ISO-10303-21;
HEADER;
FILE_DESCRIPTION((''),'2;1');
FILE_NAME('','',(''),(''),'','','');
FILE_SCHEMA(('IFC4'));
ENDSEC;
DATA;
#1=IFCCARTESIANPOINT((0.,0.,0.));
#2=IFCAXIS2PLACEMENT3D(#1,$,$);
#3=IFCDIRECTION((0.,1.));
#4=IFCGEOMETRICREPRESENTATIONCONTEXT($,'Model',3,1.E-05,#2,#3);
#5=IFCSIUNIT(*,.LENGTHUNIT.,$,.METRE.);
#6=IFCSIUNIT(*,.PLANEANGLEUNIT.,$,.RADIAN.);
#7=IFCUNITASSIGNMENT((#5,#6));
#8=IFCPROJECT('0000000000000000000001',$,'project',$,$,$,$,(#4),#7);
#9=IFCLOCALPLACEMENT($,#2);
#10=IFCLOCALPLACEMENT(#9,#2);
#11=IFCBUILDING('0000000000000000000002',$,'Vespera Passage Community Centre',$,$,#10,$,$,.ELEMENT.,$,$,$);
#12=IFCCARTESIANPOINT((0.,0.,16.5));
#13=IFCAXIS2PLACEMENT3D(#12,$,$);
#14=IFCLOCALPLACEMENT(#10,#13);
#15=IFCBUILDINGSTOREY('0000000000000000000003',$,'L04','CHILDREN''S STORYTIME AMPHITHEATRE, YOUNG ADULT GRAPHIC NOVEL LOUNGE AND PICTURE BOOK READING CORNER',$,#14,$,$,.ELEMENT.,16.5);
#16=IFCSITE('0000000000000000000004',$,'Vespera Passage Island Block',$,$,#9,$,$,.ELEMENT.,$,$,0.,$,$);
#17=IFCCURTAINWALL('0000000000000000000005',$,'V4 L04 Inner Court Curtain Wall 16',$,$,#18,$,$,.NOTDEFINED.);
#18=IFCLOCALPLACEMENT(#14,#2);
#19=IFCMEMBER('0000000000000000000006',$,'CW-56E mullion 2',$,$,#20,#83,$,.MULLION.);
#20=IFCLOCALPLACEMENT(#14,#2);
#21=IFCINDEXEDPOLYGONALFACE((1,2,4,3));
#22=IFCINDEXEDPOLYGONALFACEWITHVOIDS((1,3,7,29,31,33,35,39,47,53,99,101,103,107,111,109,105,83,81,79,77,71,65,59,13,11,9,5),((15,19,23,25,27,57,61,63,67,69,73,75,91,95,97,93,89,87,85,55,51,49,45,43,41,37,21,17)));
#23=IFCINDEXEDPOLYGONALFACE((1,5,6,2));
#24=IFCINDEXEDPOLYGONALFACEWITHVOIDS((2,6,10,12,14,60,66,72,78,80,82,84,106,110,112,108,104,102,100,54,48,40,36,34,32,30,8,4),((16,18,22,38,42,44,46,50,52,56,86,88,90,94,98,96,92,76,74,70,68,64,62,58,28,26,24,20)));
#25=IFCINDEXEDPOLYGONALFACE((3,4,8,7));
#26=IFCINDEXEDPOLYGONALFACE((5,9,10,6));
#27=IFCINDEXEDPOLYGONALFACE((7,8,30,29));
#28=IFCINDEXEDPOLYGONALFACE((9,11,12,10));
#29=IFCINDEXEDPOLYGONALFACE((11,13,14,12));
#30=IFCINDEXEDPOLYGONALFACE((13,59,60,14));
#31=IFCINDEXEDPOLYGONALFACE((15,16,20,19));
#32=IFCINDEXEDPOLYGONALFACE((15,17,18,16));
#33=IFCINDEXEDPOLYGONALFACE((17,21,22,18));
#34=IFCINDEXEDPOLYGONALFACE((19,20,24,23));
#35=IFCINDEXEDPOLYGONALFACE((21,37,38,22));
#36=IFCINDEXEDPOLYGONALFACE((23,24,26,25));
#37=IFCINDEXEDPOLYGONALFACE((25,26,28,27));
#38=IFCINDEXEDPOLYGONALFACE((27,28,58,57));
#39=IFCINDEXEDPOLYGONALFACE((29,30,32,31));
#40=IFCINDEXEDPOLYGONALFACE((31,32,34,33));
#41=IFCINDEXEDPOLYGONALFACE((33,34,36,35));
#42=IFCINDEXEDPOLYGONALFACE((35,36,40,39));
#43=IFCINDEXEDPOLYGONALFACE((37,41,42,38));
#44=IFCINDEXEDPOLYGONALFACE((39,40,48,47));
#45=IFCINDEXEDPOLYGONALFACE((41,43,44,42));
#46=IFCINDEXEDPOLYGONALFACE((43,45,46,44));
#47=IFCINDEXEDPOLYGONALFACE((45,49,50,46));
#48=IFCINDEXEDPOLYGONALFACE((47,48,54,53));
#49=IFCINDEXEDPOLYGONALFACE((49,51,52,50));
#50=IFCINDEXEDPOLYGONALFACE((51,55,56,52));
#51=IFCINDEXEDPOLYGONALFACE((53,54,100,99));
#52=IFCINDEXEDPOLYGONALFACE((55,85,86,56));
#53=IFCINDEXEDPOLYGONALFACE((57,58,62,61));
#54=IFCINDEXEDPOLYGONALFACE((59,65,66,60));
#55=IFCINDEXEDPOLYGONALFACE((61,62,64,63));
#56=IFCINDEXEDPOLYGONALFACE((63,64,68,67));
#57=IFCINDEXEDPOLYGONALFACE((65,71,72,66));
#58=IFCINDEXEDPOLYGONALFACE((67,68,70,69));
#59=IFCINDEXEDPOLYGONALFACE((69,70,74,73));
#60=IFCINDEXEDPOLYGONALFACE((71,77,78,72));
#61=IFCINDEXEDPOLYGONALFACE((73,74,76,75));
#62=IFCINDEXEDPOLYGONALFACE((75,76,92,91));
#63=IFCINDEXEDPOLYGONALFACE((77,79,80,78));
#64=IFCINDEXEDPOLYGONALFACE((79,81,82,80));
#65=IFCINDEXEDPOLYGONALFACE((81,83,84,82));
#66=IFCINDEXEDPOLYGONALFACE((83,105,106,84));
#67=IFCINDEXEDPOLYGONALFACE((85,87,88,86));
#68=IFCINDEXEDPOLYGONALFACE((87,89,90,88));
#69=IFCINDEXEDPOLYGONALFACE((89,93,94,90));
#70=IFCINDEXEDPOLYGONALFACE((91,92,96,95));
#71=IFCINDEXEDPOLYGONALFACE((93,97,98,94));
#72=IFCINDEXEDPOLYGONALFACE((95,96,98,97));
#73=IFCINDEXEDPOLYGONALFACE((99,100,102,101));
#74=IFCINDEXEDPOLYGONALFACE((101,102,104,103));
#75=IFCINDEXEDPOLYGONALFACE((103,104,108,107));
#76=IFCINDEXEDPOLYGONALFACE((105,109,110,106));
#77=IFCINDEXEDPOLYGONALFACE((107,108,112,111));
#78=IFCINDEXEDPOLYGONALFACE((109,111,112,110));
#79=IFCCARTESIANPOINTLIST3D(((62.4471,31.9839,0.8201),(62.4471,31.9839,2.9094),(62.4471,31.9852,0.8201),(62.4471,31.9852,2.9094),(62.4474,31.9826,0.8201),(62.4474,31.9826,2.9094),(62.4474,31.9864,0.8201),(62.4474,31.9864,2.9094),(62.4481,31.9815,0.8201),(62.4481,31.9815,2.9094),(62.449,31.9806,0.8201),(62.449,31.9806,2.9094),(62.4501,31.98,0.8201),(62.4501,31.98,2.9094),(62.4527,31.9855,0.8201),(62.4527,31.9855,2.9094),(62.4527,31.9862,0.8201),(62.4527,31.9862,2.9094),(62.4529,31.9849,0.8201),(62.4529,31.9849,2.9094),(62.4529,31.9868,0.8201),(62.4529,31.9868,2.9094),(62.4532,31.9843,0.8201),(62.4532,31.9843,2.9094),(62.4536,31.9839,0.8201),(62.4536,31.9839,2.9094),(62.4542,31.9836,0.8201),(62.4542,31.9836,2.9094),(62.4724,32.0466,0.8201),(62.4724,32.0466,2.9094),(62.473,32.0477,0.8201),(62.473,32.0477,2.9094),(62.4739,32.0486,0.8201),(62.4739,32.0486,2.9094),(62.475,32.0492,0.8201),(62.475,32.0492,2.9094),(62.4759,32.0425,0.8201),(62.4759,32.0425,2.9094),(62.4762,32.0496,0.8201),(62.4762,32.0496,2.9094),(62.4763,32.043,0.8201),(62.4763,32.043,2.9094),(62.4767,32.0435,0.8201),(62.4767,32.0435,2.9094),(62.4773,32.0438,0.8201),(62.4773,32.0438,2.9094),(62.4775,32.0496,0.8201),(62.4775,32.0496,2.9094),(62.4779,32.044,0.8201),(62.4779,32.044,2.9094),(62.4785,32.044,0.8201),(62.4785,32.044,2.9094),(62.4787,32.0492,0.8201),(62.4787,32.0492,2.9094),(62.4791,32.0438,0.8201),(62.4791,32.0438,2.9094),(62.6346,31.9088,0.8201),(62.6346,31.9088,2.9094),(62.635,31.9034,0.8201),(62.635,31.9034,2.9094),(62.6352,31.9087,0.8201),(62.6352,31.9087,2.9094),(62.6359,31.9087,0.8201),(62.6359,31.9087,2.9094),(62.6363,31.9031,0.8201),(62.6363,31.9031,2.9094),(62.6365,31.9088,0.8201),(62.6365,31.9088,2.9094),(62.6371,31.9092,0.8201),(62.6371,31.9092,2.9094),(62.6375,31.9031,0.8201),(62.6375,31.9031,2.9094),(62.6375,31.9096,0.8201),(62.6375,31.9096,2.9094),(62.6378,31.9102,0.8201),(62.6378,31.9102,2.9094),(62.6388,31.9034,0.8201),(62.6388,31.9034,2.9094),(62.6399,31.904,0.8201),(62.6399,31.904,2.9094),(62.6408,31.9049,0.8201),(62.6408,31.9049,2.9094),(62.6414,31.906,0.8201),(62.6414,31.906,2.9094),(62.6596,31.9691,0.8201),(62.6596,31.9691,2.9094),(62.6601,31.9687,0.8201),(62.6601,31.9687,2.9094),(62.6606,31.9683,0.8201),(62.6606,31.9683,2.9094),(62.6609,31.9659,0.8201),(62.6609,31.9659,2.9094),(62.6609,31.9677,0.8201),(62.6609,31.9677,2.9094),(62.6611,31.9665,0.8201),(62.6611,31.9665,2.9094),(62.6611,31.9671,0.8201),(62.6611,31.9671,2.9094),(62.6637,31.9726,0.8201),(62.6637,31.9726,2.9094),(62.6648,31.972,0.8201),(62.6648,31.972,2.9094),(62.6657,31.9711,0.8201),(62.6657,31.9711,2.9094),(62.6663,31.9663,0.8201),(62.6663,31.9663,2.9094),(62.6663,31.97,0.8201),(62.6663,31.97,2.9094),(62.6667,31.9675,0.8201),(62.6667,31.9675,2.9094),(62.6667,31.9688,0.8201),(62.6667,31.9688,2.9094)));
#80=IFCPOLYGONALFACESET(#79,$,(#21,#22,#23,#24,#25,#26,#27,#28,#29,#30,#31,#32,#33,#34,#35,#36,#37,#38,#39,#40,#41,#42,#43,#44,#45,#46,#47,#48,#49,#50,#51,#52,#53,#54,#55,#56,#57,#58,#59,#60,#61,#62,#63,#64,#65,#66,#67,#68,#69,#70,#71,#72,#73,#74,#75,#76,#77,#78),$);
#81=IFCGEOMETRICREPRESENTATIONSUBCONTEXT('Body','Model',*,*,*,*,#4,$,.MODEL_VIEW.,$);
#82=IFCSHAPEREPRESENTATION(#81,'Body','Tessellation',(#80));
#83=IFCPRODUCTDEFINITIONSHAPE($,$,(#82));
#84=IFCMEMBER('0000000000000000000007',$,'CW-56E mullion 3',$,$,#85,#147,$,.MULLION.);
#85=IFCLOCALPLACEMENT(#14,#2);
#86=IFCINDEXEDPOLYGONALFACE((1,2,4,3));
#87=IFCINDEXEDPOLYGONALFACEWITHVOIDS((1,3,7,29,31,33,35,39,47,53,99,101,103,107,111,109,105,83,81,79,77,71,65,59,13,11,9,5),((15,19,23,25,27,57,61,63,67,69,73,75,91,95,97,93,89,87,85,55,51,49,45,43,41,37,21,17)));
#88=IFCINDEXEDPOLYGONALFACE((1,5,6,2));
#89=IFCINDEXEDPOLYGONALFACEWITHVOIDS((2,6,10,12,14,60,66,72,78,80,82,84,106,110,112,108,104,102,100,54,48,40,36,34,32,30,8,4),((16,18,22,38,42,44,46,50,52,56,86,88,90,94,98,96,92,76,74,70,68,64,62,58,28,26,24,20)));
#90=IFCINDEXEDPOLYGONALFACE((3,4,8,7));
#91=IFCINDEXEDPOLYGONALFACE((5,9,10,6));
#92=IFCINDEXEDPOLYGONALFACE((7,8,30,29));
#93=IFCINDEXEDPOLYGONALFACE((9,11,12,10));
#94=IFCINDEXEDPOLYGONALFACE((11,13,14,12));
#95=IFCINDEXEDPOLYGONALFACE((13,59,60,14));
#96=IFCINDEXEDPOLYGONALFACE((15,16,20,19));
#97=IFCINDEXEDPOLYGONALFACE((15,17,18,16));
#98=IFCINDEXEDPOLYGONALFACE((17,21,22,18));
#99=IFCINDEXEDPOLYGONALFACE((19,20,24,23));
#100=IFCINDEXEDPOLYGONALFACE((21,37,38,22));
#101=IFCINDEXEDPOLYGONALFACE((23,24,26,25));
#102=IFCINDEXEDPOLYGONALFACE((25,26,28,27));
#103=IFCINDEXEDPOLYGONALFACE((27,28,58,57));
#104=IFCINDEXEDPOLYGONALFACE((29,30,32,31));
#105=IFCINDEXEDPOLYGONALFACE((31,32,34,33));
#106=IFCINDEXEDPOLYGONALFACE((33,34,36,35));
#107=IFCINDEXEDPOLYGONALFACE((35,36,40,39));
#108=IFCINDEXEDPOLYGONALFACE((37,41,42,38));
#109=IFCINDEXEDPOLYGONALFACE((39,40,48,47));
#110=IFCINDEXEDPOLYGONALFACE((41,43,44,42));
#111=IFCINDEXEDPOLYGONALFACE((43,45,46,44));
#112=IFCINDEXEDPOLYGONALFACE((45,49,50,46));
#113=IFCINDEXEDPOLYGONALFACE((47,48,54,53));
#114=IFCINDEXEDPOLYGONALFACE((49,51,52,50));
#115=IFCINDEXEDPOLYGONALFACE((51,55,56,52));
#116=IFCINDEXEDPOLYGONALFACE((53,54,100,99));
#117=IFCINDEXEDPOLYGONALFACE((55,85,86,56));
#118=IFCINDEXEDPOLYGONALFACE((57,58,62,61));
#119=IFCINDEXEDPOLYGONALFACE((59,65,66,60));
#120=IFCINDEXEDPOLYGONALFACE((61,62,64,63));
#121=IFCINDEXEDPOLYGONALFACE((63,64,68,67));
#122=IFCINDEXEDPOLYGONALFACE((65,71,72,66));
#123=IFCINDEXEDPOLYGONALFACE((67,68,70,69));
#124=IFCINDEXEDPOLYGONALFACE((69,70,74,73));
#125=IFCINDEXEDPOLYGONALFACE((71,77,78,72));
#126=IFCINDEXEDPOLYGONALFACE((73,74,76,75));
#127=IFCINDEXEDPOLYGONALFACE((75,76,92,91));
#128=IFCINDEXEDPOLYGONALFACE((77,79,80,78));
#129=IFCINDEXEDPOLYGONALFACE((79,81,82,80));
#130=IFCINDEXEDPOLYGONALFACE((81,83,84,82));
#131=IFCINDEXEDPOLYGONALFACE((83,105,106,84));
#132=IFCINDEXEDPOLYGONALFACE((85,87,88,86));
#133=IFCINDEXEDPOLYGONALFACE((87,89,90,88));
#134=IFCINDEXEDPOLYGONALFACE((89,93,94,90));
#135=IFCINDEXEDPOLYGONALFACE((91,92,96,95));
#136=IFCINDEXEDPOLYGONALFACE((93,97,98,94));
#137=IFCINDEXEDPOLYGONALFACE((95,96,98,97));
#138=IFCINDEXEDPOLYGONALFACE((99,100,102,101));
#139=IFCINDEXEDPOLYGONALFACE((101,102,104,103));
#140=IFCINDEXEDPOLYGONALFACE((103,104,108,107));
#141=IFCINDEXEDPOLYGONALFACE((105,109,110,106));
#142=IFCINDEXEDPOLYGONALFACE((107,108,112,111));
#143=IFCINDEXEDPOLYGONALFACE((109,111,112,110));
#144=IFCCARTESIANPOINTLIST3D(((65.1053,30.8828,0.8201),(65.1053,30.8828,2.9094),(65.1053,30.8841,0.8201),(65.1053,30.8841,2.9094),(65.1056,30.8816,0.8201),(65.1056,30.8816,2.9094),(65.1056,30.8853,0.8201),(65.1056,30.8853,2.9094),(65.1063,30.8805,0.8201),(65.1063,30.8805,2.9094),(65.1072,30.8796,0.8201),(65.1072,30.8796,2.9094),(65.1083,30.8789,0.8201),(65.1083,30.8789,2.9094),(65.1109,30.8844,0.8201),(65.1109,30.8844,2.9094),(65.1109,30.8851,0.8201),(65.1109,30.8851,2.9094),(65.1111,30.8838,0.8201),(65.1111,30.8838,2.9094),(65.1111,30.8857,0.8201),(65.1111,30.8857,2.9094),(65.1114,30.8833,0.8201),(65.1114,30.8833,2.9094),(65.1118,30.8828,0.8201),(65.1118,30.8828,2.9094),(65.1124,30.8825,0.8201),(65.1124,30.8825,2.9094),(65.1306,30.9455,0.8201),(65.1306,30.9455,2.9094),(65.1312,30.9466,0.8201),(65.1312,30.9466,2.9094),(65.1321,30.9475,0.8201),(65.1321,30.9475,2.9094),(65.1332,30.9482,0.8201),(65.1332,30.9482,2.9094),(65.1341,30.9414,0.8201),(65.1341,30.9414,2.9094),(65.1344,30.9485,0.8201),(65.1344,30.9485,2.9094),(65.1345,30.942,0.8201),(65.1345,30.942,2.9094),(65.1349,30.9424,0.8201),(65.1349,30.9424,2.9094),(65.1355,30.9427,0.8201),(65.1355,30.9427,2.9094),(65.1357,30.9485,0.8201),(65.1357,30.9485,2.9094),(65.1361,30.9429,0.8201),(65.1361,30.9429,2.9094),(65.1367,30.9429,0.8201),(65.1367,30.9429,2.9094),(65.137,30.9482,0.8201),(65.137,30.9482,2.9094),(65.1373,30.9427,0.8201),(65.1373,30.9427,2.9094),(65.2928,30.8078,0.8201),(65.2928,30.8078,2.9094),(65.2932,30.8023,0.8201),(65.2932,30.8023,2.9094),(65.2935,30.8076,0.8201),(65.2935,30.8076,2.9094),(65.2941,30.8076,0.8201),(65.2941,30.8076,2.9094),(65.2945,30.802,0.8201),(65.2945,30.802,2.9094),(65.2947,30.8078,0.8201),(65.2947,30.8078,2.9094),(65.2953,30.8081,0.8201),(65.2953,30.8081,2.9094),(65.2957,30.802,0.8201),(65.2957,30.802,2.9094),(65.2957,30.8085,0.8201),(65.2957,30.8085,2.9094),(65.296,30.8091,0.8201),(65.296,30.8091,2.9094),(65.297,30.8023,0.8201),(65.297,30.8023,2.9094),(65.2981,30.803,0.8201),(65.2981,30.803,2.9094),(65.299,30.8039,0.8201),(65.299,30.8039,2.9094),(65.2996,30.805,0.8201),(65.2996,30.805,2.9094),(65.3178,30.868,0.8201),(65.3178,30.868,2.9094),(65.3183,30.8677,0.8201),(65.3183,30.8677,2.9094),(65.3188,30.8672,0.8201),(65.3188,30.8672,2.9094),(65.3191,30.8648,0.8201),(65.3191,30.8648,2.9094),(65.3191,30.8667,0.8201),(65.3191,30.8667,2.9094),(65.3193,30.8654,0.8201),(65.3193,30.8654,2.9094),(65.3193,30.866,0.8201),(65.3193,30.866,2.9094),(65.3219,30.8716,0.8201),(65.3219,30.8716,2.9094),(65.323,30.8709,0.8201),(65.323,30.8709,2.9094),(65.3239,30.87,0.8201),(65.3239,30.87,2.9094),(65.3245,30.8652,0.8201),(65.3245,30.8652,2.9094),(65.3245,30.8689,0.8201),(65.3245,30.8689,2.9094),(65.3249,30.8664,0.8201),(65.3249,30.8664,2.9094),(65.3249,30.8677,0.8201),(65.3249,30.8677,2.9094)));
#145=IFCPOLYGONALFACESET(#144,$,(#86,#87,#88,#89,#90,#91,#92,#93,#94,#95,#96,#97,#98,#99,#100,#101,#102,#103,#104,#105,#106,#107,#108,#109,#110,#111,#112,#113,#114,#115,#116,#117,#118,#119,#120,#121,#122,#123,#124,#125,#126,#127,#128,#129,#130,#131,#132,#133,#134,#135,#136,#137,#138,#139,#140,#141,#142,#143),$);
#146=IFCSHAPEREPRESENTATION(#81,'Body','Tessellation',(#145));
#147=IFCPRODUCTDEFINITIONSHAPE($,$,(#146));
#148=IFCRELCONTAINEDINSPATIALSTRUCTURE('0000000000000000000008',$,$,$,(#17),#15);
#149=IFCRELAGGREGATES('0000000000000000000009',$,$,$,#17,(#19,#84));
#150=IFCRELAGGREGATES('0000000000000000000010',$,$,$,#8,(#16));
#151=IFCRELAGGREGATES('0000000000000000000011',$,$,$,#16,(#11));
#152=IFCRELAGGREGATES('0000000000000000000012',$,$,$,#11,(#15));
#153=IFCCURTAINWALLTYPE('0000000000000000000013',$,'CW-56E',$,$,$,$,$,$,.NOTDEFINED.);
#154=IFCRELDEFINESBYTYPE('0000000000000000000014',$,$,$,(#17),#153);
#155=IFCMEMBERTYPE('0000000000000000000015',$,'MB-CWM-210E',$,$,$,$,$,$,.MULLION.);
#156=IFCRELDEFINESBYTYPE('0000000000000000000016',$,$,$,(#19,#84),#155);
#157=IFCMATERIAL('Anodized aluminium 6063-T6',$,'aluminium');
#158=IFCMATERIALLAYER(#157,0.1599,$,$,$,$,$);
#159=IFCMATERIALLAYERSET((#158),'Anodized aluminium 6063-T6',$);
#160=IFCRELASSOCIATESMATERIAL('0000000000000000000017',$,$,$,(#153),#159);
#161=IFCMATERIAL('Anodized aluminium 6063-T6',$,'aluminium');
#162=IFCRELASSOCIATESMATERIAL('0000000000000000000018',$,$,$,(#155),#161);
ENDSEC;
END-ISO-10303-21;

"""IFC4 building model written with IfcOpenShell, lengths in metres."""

from ifc_helpers import new_model, si_unit, direction, frame, origin, origin_2d, place, context, subcontext, project, spatial, hollow_rectangle, extrude, material, layer, layer_set, material_profile, profile_set, type_object, element, aggregate, save


model = new_model("IFC4")

# Units and contexts
model_context = context("Model", 3, precision=1e-05, world=origin(), true_north=direction((0.0, 1.0)))
body_context = subcontext(model_context, "Body", "Model", "MODEL_VIEW")
ifc_project = project(units=[si_unit("LENGTHUNIT", "METRE"), si_unit("PLANEANGLEUNIT", "RADIAN")], contexts=[model_context])

# Site, building, storey
site_placement = place(None, origin())
site = spatial("IfcSite", under=ifc_project, at=site_placement, Name="Vespera Passage Island Block", CompositionType="ELEMENT", RefElevation=0.0)
building_placement = place(site_placement, origin())
building = spatial("IfcBuilding", under=site, at=building_placement, Name="Vespera Passage Community Centre", CompositionType="ELEMENT")
storey_placement = place(building_placement, frame((0.0, 0.0, 16.5)))
storey = spatial("IfcBuildingStorey", under=building, at=storey_placement, Name="L04", Description="CHILDREN'S STORYTIME AMPHITHEATRE, YOUNG ADULT GRAPHIC NOVEL LOUNGE AND PICTURE BOOK READING CORNER", CompositionType="ELEMENT", Elevation=16.5)

# Curtain wall, members
ifc_material_1 = material(Name="Anodized aluminium 6063-T6", Category="aluminium")
ifc_layer_1 = layer(ifc_material_1, 0.1599)
ifc_layer_set_1 = layer_set([ifc_layer_1], Name="Anodized aluminium 6063-T6")
curtain_wall_type = type_object("IfcCurtainWallType", Name="CW-56E", PredefinedType="NOTDEFINED", material=ifc_layer_set_1)
curtain_wall_1_placement = place(storey_placement, origin())
curtain_wall_1 = element("IfcCurtainWall", 1, at=curtain_wall_1_placement, inside=storey, type_object=curtain_wall_type, Name="V4 L04 Inner Court Curtain Wall 16", PredefinedType="NOTDEFINED")
ifc_material_2 = material(Name="Anodized aluminium 6063-T6", Category="aluminium")
ifc_material_profile_1 = material_profile(ifc_material_2, hollow_rectangle(XDim=0.075, YDim=0.21, WallThickness=0.0049, InnerFilletRadius=0.0024, OuterFilletRadius=0.0049, at=origin_2d()), Name="ALU210X75X5")
ifc_profile_set_1 = profile_set([ifc_material_profile_1], Name="Anodized aluminium 6063-T6")
member_type_1 = type_object("IfcMemberType", Name="MB-CWM-210E", PredefinedType="MULLION", material=ifc_profile_set_1)
member_1_placement = place(storey_placement, frame((62.5569, 31.9763, 0.8201), z_axis=(0.0, 0.0, 1.0), x_axis=(0.38269, 0.923877, 0.0)))
member_1 = element("IfcMember", 2, at=member_1_placement, type_object=member_type_1, Name="CW-56E mullion 2", PredefinedType="MULLION", context=body_context, shape_type="SweptSolid", body=[
    extrude(hollow_rectangle(XDim=0.075, YDim=0.21, WallThickness=0.0049, InnerFilletRadius=0.0024, OuterFilletRadius=0.0049, at=origin_2d()), origin(), (0.0, 0.0, 1.0), 2.0894),
])
member_2_placement = place(storey_placement, frame((65.2151, 30.8752, 0.8201), z_axis=(0.0, 0.0, 1.0), x_axis=(0.38269, 0.923877, 0.0)))
member_2 = element("IfcMember", 3, at=member_2_placement, type_object=member_type_1, Name="CW-56E mullion 3", PredefinedType="MULLION", context=body_context, shape_type="SweptSolid", body=[
    extrude(hollow_rectangle(XDim=0.075, YDim=0.21, WallThickness=0.0049, InnerFilletRadius=0.0024, OuterFilletRadius=0.0049, at=origin_2d()), origin(), (0.0, 0.0, 1.0), 2.0894),
])

aggregate(curtain_wall_1, [member_1, member_2])

save(model, "model.ifc")
